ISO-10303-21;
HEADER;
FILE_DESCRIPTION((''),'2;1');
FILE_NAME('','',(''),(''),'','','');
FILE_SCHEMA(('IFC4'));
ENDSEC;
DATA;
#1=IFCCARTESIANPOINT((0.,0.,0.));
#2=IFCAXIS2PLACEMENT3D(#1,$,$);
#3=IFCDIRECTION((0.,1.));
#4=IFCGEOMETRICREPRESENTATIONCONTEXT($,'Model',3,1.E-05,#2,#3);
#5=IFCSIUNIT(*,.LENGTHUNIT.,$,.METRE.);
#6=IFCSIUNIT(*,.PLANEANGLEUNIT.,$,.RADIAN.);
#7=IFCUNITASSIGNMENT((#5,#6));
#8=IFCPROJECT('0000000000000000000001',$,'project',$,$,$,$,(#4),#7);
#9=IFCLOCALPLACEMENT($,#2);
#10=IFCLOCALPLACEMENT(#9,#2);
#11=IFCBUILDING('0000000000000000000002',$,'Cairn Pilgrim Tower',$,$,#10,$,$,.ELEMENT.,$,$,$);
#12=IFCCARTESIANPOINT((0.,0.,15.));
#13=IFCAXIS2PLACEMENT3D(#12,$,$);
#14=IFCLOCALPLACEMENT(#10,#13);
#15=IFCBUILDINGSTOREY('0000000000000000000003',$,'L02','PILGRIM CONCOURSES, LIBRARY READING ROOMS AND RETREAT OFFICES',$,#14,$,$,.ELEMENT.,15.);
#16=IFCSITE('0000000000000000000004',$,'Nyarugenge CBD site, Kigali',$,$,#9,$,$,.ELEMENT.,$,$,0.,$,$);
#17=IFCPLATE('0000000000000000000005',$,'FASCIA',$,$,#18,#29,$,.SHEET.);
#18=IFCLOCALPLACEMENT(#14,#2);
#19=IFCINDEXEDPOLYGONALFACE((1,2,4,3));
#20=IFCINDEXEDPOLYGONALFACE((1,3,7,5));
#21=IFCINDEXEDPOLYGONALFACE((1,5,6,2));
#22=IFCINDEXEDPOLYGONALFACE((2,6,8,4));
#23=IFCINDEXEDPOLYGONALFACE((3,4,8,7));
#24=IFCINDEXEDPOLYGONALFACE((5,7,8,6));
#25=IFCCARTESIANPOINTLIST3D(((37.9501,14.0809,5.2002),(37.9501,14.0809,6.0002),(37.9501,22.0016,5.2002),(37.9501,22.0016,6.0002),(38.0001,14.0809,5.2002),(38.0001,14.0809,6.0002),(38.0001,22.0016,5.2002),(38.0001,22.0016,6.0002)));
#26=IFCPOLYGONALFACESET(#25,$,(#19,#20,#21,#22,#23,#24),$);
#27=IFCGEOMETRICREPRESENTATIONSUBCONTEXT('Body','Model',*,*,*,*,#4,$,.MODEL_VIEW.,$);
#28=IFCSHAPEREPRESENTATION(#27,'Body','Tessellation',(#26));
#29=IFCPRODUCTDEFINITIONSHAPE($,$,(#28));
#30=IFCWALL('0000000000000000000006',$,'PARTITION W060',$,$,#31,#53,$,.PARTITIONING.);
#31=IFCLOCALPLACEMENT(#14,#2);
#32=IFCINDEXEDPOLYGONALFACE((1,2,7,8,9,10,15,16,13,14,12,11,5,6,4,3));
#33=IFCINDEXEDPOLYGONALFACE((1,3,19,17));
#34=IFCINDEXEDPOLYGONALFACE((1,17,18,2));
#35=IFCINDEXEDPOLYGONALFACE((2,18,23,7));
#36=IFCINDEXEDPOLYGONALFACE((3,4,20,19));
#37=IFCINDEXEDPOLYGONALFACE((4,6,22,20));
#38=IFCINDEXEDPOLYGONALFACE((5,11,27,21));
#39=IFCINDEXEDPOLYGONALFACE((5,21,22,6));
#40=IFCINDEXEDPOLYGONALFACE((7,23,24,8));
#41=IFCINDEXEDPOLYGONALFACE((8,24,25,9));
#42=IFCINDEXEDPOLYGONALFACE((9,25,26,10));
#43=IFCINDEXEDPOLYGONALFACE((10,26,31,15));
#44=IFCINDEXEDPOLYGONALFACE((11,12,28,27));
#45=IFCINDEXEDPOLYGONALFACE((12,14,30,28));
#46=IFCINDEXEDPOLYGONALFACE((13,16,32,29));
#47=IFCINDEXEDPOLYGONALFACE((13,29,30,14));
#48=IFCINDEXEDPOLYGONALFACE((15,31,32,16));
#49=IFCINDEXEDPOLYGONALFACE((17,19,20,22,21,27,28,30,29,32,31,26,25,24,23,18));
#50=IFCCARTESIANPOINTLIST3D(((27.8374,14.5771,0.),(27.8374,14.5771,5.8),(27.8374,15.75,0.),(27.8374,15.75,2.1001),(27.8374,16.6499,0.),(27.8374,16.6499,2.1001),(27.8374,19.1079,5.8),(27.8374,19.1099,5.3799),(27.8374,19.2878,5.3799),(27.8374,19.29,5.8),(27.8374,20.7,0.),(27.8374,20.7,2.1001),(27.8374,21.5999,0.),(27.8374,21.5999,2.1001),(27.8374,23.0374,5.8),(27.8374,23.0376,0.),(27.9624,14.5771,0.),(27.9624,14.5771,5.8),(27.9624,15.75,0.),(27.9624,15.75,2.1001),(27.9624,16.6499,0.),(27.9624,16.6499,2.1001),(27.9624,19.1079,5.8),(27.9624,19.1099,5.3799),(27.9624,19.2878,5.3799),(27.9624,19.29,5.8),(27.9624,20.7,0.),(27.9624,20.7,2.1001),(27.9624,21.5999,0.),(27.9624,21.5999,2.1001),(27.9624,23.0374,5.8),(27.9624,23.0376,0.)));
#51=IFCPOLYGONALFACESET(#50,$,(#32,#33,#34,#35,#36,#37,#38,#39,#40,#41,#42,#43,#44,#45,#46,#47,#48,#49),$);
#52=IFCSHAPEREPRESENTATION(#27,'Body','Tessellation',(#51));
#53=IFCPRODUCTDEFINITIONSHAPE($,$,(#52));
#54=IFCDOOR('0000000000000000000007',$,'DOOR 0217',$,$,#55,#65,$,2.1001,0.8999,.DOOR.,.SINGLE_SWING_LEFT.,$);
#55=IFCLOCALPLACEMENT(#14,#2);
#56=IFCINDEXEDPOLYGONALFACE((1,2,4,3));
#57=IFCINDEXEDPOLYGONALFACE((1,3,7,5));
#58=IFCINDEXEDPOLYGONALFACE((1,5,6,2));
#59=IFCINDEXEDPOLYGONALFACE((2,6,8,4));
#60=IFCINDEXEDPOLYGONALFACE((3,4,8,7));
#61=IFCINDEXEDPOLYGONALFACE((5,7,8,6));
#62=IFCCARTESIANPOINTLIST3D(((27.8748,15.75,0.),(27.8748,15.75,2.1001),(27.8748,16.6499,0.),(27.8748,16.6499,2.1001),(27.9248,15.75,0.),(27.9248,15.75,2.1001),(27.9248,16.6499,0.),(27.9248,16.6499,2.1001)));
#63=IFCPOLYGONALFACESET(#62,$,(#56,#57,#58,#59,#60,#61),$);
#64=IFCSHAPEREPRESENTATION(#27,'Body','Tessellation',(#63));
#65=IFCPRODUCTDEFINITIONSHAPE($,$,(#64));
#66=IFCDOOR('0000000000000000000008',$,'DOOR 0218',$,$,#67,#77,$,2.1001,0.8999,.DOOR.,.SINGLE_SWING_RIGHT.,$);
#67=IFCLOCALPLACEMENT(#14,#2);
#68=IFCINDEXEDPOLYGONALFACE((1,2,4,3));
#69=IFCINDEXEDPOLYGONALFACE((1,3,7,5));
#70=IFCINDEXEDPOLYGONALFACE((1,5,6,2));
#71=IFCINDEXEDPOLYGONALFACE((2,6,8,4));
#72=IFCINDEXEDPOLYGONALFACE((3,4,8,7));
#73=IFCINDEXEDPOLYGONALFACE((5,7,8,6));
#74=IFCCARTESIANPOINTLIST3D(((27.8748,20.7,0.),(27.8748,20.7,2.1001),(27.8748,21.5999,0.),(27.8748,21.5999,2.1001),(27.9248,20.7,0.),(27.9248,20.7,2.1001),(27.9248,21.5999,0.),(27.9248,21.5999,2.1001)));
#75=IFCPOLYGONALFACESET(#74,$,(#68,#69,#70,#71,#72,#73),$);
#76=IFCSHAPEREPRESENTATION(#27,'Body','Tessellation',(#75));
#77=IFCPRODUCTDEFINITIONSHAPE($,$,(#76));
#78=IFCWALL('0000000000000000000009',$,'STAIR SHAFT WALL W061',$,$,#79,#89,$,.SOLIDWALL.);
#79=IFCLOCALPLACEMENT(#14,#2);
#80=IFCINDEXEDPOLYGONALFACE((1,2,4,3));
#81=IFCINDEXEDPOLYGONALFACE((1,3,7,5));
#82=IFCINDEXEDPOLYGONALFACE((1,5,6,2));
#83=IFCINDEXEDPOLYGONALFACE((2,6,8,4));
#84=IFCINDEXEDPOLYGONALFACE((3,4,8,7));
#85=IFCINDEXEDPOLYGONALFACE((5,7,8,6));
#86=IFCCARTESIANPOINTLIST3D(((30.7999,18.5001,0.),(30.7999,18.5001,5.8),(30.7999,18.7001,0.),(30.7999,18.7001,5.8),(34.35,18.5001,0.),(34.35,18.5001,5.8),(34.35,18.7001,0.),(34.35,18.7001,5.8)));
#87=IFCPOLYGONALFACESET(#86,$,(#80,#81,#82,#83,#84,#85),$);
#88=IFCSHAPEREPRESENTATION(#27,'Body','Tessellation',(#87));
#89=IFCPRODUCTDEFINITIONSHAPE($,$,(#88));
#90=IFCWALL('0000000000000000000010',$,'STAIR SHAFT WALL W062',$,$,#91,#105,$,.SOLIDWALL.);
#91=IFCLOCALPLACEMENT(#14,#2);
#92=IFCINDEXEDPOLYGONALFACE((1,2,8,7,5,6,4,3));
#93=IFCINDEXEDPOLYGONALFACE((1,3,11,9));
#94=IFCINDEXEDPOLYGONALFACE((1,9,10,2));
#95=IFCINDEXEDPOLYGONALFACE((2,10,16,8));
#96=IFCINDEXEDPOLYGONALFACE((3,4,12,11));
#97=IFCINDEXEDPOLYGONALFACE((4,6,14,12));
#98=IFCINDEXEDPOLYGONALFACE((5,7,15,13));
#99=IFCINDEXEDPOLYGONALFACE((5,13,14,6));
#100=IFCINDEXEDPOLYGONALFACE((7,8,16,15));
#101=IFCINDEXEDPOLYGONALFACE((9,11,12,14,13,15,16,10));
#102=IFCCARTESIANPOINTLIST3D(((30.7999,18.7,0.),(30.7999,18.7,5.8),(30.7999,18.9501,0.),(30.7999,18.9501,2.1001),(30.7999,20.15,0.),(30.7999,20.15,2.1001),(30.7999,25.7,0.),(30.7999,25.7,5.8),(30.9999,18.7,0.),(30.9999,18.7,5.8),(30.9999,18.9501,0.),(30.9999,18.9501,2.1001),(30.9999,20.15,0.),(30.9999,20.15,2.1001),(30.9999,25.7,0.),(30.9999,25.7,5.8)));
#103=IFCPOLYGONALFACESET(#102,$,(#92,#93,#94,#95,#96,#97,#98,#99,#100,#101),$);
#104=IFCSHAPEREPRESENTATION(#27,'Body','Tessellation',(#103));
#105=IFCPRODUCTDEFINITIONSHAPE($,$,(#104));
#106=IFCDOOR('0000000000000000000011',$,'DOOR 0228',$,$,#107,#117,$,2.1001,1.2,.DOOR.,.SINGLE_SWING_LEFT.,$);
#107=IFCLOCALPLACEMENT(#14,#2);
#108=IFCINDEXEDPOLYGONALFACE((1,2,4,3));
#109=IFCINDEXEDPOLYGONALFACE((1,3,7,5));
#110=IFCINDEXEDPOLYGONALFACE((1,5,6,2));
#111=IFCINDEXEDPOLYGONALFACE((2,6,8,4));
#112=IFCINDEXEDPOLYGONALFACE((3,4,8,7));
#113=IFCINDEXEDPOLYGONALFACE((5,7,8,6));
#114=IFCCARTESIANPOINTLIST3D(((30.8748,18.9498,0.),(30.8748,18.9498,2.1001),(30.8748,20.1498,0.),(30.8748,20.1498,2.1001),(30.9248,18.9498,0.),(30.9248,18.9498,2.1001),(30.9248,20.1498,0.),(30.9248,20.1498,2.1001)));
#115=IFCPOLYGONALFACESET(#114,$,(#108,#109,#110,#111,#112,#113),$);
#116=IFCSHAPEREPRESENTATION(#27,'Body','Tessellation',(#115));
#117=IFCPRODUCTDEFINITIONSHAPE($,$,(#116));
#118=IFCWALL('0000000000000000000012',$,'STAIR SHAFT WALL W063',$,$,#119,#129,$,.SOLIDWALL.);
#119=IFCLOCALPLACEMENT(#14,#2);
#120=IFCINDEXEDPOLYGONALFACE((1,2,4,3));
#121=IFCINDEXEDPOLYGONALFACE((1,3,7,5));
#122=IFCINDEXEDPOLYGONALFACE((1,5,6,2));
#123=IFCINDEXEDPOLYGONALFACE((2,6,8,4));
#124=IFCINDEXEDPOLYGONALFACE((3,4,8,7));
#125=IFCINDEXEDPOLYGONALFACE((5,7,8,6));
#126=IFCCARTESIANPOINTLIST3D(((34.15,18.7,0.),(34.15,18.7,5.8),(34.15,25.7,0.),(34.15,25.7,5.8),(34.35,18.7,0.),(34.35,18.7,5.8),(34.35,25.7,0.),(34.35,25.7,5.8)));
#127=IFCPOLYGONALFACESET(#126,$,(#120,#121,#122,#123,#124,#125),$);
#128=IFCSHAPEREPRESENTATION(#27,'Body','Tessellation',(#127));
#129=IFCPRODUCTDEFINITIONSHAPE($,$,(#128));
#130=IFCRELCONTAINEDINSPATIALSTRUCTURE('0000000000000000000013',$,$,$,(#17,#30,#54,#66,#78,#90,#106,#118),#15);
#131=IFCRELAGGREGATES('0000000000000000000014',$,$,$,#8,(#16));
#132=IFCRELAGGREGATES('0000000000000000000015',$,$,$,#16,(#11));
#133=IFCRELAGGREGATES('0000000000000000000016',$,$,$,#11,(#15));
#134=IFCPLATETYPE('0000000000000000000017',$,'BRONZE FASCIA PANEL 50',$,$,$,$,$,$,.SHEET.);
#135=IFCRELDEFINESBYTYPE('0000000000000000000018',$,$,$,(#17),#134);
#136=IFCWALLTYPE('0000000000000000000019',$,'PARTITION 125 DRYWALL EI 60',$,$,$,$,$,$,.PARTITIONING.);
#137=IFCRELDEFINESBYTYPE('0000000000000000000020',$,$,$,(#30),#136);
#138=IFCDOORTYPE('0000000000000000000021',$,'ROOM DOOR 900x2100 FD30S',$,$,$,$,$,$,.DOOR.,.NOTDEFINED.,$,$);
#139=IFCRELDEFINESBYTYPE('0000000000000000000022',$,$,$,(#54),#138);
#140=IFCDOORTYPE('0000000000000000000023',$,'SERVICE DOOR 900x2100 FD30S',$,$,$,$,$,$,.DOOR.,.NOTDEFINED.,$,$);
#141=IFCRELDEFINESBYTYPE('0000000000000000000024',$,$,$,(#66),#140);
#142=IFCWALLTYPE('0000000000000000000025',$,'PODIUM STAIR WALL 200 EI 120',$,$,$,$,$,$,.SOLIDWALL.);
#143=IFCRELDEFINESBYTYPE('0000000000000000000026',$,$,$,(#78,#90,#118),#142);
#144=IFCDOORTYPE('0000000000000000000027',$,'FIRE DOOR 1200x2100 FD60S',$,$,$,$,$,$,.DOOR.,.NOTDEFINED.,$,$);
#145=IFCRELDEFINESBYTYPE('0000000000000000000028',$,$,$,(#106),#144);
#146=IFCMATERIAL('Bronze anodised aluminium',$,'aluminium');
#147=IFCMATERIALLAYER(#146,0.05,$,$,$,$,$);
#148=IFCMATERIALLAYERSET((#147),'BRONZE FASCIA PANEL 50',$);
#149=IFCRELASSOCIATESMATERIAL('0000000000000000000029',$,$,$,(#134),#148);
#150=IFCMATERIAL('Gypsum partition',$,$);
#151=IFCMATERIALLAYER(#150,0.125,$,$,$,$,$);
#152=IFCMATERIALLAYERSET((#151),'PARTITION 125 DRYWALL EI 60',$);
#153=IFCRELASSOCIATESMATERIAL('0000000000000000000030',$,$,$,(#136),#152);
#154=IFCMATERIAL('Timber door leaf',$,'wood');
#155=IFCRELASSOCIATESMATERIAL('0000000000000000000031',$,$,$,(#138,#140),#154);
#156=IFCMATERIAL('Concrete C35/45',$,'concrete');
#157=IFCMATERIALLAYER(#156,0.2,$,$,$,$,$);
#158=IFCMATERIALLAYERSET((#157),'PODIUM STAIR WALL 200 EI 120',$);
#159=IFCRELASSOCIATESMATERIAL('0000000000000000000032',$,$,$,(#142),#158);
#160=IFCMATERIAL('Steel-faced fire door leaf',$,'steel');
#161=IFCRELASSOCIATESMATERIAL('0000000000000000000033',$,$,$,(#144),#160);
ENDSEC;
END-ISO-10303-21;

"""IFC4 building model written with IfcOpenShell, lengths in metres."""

from ifc_helpers import new_model, si_unit, direction, frame, frame_2d, origin, origin_2d, place, context, subcontext, project, spatial, polyline, rectangle, outline, extrude, material, layer, layer_set, type_object, element, fill, save


model = new_model("IFC4")

# Units and contexts
model_context = context("Model", 3, precision=1e-05, world=origin(), true_north=direction((0.0, 1.0)))
body_context = subcontext(model_context, "Body", "Model", "MODEL_VIEW")
ifc_project = project(units=[si_unit("LENGTHUNIT", "METRE"), si_unit("PLANEANGLEUNIT", "RADIAN")], contexts=[model_context])

# Site, building, storey
site_placement = place(None, origin())
site = spatial("IfcSite", under=ifc_project, at=site_placement, Name="Nyarugenge CBD site, Kigali", CompositionType="ELEMENT", RefElevation=0.0)
building_placement = place(site_placement, origin())
building = spatial("IfcBuilding", under=site, at=building_placement, Name="Cairn Pilgrim Tower", CompositionType="ELEMENT")
storey_placement = place(building_placement, frame((0.0, 0.0, 15.0)))
storey = spatial("IfcBuildingStorey", under=building, at=storey_placement, Name="L02", Description="PILGRIM CONCOURSES, LIBRARY READING ROOMS AND RETREAT OFFICES", CompositionType="ELEMENT", Elevation=15.0)

# Plate
ifc_material_1 = material(Name="Bronze anodised aluminium", Category="aluminium")
ifc_layer_1 = layer(ifc_material_1, 0.05)
ifc_layer_set_1 = layer_set([ifc_layer_1], Name="BRONZE FASCIA PANEL 50")
plate_type = type_object("IfcPlateType", Name="BRONZE FASCIA PANEL 50", PredefinedType="SHEET", material=ifc_layer_set_1)
plate_placement = place(storey_placement, frame((37.9751, 18.0413, 5.2002), z_axis=(0.0, 0.0, 1.0), x_axis=(0.0, 1.0, 0.0)))
element("IfcPlate", 1, at=plate_placement, inside=storey, type_object=plate_type, Name="FASCIA", PredefinedType="SHEET", context=body_context, shape_type="SweptSolid", body=[
    extrude(rectangle(XDim=7.9207, YDim=0.05, at=origin_2d()), origin(), (0.0, 0.0, 1.0), 0.8),
])

# Wall, openings, doors
ifc_material_2 = material(Name="Gypsum partition")
ifc_layer_2 = layer(ifc_material_2, 0.125)
ifc_layer_set_2 = layer_set([ifc_layer_2], Name="PARTITION 125 DRYWALL EI 60")
wall_type_1 = type_object("IfcWallType", Name="PARTITION 125 DRYWALL EI 60", PredefinedType="PARTITIONING", material=ifc_layer_set_2)
wall_1_placement = place(storey_placement, frame((27.8999, 14.5771, 0.0), z_axis=(0.0, 0.0, 1.0), x_axis=(0.0, 1.0, 0.0)))
wall_1 = element("IfcWall", 2, at=wall_1_placement, inside=storey, type_object=wall_type_1, Name="PARTITION W060", PredefinedType="PARTITIONING", context=body_context, shape_type="SweptSolid", body=[
    extrude(outline(polyline([(0.0, 0.0), (8.4604, 0.0), (8.4602, 5.8), (4.7129, 5.8), (4.7107, 5.3799), (4.5327, 5.3799), (4.5308, 5.8), (0.0, 5.8), (0.0, 0.0)])), frame((0.0, 0.0625, 0.0), z_axis=(0.0, -1.0, 0.0), x_axis=(1.0, 0.0, 0.0)), (0.0, 0.0, 1.0), 0.125),
])
opening_1_placement = place(wall_1_placement, frame((1.1729, 0.0, 0.0)))
opening_1 = element("IfcOpeningElement", 3, at=opening_1_placement, cuts=wall_1, PredefinedType="OPENING", context=body_context, shape_type="SweptSolid", body=[
    extrude(rectangle(XDim=0.8999, YDim=2.1001, at=frame_2d((0.45, 1.05))), frame((0.0, 0.0725, 0.0), z_axis=(0.0, -1.0, 0.0), x_axis=(1.0, 0.0, 0.0)), (0.0, 0.0, 1.0), 0.145),
])
opening_2_placement = place(wall_1_placement, frame((6.1228, 0.0, 0.0)))
opening_2 = element("IfcOpeningElement", 4, at=opening_2_placement, cuts=wall_1, PredefinedType="OPENING", context=body_context, shape_type="SweptSolid", body=[
    extrude(rectangle(XDim=0.8999, YDim=2.1001, at=frame_2d((0.45, 1.05))), frame((0.0, 0.0725, 0.0), z_axis=(0.0, -1.0, 0.0), x_axis=(1.0, 0.0, 0.0)), (0.0, 0.0, 1.0), 0.145),
])
ifc_material_3 = material(Name="Timber door leaf", Category="wood")
door_type_1 = type_object("IfcDoorType", Name="ROOM DOOR 900x2100 FD30S", OperationType="NOTDEFINED", PredefinedType="DOOR", material=ifc_material_3)
door_1_placement = place(opening_1_placement, frame((0.8999, 0.0, 0.0), z_axis=(0.0, 0.0, 1.0), x_axis=(-1.0, 0.0, 0.0)))
door_1 = element("IfcDoor", 5, at=door_1_placement, inside=storey, type_object=door_type_1, Name="DOOR 0217", OperationType="SINGLE_SWING_LEFT", OverallHeight=2.1001, OverallWidth=0.8999, PredefinedType="DOOR", context=body_context, shape_type="SweptSolid", body=[
    extrude(rectangle(XDim=0.8999, YDim=2.1001, at=frame_2d((0.45, 1.05))), frame((0.0, 0.0249, 0.0), z_axis=(0.0, -1.0, 0.0), x_axis=(1.0, 0.0, 0.0)), (0.0, 0.0, 1.0), 0.05),
])
fill(opening_1, door_1)
door_type_2 = type_object("IfcDoorType", Name="SERVICE DOOR 900x2100 FD30S", OperationType="NOTDEFINED", PredefinedType="DOOR", material=ifc_material_3)
door_2_placement = place(opening_2_placement, frame((0.8999, 0.0, 0.0), z_axis=(0.0, 0.0, 1.0), x_axis=(-1.0, 0.0, 0.0)))
door_2 = element("IfcDoor", 6, at=door_2_placement, inside=storey, type_object=door_type_2, Name="DOOR 0218", OperationType="SINGLE_SWING_RIGHT", OverallHeight=2.1001, OverallWidth=0.8999, PredefinedType="DOOR", context=body_context, shape_type="SweptSolid", body=[
    extrude(rectangle(XDim=0.8999, YDim=2.1001, at=frame_2d((0.45, 1.05))), frame((0.0, 0.0249, 0.0), z_axis=(0.0, -1.0, 0.0), x_axis=(1.0, 0.0, 0.0)), (0.0, 0.0, 1.0), 0.05),
])
fill(opening_2, door_2)

# Wall
ifc_material_4 = material(Name="Concrete C35/45", Category="concrete")
ifc_layer_3 = layer(ifc_material_4, 0.2)
ifc_layer_set_3 = layer_set([ifc_layer_3], Name="PODIUM STAIR WALL 200 EI 120")
wall_type_2 = type_object("IfcWallType", Name="PODIUM STAIR WALL 200 EI 120", PredefinedType="SOLIDWALL", material=ifc_layer_set_3)
wall_2_placement = place(storey_placement, frame((30.8, 18.6001, 0.0), z_axis=(0.0, 0.0, 1.0), x_axis=(1.0, 0.0, 0.0)))
element("IfcWall", 7, at=wall_2_placement, inside=storey, type_object=wall_type_2, Name="STAIR SHAFT WALL W061", PredefinedType="SOLIDWALL", context=body_context, shape_type="SweptSolid", body=[
    extrude(rectangle(XDim=3.55, YDim=0.2, at=frame_2d((1.7749, 0.0))), origin(), (0.0, 0.0, 1.0), 5.8),
])

# Wall, opening, door
wall_3_placement = place(storey_placement, frame((30.8999, 18.7, 0.0), z_axis=(0.0, 0.0, 1.0), x_axis=(0.0, 1.0, 0.0)))
wall_3 = element("IfcWall", 8, at=wall_3_placement, inside=storey, type_object=wall_type_2, Name="STAIR SHAFT WALL W062", PredefinedType="SOLIDWALL", context=body_context, shape_type="SweptSolid", body=[
    extrude(rectangle(XDim=7.0, YDim=0.2, at=frame_2d((3.5, 0.0))), origin(), (0.0, 0.0, 1.0), 5.8),
])
opening_3_placement = place(wall_3_placement, frame((0.25, 0.0, 0.0)))
opening_3 = element("IfcOpeningElement", 9, at=opening_3_placement, cuts=wall_3, PredefinedType="OPENING", context=body_context, shape_type="SweptSolid", body=[
    extrude(rectangle(XDim=1.2, YDim=2.1001, at=frame_2d((0.6001, 1.05))), frame((0.0, 0.1099, 0.0), z_axis=(0.0, -1.0, 0.0), x_axis=(1.0, 0.0, 0.0)), (0.0, 0.0, 1.0), 0.22),
])
ifc_material_5 = material(Name="Steel-faced fire door leaf", Category="steel")
door_type_3 = type_object("IfcDoorType", Name="FIRE DOOR 1200x2100 FD60S", OperationType="NOTDEFINED", PredefinedType="DOOR", material=ifc_material_5)
door_3_placement = place(opening_3_placement, frame((1.2, 0.0, 0.0), z_axis=(0.0, 0.0, 1.0), x_axis=(-1.0, 0.0, 0.0)))
door_3 = element("IfcDoor", 10, at=door_3_placement, inside=storey, type_object=door_type_3, Name="DOOR 0228", OperationType="SINGLE_SWING_LEFT", OverallHeight=2.1001, OverallWidth=1.2, PredefinedType="DOOR", context=body_context, shape_type="SweptSolid", body=[
    extrude(rectangle(XDim=1.2, YDim=2.1001, at=frame_2d((0.6001, 1.05))), frame((0.0, 0.0249, 0.0), z_axis=(0.0, -1.0, 0.0), x_axis=(1.0, 0.0, 0.0)), (0.0, 0.0, 1.0), 0.05),
])
fill(opening_3, door_3)

# Wall
wall_4_placement = place(storey_placement, frame((34.25, 18.7, 0.0), z_axis=(0.0, 0.0, 1.0), x_axis=(0.0, 1.0, 0.0)))
element("IfcWall", 11, at=wall_4_placement, inside=storey, type_object=wall_type_2, Name="STAIR SHAFT WALL W063", PredefinedType="SOLIDWALL", context=body_context, shape_type="SweptSolid", body=[
    extrude(rectangle(XDim=7.0, YDim=0.2, at=frame_2d((3.5, 0.0))), origin(), (0.0, 0.0, 1.0), 5.8),
])

save(model, "model.ifc")
